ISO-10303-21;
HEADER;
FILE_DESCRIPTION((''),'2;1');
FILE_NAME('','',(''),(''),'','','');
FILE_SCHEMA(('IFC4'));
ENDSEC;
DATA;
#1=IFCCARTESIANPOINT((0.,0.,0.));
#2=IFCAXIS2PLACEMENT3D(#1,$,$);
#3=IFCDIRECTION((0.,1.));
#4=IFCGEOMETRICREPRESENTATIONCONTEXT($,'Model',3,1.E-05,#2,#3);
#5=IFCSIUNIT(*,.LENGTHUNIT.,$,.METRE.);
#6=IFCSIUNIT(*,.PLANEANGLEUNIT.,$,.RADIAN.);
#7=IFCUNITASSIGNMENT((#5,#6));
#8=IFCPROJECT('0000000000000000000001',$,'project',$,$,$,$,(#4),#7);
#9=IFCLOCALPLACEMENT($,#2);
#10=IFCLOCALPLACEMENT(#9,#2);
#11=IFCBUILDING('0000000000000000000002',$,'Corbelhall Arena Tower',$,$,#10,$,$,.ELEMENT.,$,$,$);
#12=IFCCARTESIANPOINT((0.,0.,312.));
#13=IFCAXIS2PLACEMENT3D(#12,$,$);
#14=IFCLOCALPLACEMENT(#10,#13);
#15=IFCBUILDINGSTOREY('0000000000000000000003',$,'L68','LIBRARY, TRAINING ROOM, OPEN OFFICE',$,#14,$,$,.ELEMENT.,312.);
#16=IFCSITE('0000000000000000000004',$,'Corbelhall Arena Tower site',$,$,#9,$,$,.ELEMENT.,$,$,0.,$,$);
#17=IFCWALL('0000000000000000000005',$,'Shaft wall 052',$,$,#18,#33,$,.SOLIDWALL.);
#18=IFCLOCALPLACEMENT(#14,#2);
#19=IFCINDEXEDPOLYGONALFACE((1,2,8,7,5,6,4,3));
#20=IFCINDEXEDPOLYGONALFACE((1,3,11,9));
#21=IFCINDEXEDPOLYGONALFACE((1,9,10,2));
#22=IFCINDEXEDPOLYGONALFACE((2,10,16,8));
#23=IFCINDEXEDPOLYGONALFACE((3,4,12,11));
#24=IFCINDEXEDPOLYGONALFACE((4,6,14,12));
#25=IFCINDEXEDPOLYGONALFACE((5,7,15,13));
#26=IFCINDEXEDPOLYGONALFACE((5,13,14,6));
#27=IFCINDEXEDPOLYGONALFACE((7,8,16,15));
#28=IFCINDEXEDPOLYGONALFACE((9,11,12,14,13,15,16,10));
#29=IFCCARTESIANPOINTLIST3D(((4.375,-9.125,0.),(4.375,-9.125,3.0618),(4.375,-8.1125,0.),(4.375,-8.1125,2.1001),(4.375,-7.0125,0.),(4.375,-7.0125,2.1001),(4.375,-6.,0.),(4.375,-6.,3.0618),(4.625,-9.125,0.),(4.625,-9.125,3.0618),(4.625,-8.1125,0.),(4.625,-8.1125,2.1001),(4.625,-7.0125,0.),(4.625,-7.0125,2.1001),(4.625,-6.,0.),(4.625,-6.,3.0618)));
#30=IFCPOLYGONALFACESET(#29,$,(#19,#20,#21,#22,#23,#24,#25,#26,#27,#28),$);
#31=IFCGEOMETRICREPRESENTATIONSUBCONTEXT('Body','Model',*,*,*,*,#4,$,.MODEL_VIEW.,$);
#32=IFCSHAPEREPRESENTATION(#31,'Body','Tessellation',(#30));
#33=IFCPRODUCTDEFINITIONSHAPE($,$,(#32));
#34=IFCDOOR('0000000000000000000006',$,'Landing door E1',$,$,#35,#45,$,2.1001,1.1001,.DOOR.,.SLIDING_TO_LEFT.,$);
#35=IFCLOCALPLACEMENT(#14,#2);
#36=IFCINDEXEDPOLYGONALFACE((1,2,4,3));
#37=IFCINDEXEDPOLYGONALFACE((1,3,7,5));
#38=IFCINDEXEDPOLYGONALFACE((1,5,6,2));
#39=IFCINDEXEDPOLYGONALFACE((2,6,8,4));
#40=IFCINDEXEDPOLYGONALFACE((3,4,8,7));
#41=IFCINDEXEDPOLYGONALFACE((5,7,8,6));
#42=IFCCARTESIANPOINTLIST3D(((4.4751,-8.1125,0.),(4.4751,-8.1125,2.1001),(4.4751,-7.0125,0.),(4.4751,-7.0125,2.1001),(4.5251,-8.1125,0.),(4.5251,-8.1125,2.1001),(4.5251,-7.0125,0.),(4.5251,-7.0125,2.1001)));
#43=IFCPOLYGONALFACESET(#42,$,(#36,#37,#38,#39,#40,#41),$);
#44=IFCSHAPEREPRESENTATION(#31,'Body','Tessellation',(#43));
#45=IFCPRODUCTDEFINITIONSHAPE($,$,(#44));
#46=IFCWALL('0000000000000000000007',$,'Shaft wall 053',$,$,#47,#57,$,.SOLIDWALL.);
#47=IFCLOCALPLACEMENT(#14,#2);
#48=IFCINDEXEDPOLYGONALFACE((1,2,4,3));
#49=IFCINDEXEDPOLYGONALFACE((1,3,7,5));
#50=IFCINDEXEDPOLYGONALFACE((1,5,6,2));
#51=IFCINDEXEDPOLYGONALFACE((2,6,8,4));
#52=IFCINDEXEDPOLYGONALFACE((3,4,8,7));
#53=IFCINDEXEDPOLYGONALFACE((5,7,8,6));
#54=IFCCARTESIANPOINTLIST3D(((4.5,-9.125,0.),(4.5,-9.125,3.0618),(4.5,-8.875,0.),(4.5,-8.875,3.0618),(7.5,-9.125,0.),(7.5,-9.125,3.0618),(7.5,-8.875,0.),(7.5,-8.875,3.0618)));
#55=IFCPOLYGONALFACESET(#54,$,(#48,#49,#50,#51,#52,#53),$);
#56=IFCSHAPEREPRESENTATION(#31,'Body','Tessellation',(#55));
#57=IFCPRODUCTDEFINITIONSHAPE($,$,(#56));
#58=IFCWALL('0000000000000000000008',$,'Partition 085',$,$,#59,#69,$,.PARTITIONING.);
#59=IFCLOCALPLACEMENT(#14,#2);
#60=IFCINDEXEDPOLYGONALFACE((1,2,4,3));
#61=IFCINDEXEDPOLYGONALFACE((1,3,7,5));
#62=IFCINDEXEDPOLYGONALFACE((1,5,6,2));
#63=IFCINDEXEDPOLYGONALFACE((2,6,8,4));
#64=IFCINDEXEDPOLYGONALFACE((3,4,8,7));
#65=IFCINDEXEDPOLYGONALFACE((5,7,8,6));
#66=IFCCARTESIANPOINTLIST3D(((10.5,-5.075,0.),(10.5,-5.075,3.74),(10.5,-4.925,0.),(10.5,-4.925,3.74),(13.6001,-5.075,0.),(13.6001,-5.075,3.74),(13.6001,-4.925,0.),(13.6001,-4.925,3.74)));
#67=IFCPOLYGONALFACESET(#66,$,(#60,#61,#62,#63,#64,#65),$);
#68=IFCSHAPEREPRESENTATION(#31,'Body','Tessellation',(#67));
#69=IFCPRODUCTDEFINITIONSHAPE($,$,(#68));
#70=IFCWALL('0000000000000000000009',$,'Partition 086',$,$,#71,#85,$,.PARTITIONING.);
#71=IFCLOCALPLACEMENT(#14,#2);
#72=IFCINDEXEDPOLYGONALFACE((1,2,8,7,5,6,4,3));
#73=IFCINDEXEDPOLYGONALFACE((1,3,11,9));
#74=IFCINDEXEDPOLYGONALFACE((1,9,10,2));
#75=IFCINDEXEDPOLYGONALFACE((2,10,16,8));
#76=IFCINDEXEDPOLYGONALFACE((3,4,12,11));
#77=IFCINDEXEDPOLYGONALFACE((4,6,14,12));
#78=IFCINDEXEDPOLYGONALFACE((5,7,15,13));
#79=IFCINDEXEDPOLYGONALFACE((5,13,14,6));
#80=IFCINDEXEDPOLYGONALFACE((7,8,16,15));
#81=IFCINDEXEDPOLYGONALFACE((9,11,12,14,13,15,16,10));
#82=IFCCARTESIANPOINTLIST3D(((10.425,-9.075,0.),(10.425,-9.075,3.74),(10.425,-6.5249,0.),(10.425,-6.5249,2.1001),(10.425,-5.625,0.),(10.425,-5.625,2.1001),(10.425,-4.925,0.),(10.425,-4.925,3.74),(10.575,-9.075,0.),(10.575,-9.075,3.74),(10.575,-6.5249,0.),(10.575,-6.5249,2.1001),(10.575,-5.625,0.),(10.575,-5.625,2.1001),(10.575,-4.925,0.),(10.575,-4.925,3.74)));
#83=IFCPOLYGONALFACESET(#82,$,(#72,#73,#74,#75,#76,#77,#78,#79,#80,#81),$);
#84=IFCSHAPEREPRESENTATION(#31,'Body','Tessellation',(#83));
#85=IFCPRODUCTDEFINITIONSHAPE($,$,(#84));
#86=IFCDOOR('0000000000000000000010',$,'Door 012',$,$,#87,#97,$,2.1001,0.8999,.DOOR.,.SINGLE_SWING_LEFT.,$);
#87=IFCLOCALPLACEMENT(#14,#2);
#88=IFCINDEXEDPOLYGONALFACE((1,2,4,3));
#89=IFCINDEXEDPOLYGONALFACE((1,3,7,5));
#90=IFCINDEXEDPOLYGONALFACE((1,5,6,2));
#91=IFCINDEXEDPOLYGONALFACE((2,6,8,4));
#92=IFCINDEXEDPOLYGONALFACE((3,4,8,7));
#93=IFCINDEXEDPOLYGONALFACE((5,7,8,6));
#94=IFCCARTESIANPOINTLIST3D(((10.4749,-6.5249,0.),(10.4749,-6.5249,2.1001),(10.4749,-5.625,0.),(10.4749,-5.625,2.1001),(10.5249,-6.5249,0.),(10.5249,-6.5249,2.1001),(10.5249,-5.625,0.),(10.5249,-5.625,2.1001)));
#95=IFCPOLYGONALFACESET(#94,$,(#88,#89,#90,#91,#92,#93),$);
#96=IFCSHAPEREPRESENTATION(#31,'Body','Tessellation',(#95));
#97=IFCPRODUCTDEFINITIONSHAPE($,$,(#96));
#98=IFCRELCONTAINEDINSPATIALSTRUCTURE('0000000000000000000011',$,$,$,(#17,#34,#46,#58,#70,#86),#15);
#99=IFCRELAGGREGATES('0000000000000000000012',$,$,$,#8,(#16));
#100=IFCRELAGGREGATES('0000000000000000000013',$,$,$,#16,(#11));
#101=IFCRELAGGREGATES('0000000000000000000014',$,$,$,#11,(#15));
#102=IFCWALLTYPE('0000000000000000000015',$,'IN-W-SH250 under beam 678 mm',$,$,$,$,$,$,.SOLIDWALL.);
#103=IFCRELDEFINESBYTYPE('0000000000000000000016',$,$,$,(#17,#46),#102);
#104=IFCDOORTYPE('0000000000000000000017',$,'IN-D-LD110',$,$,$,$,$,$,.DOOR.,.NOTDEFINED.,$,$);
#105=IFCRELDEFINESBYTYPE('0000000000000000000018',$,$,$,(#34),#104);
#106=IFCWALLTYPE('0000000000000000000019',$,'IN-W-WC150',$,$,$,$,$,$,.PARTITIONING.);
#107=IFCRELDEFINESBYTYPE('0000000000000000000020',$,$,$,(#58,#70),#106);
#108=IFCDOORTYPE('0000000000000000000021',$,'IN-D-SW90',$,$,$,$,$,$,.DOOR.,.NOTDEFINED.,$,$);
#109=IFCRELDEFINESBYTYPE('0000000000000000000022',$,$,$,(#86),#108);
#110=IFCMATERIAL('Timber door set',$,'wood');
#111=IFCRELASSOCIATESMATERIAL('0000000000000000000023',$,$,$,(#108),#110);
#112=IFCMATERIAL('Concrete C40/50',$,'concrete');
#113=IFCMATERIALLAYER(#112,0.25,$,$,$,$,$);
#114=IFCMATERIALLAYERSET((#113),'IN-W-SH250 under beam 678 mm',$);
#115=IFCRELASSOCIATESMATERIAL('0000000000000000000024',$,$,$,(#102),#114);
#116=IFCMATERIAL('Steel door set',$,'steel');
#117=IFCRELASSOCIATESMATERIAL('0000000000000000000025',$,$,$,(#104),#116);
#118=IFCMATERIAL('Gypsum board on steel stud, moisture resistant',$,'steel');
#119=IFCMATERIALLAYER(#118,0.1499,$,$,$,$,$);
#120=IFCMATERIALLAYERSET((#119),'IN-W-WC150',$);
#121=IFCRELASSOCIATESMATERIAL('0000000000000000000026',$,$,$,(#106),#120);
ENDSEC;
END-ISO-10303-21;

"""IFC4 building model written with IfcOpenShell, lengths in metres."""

from ifc_helpers import new_model, si_unit, direction, frame, frame_2d, origin, place, context, subcontext, project, spatial, rectangle, extrude, material, layer, layer_set, type_object, element, fill, save


model = new_model("IFC4")

# Units and contexts
model_context = context("Model", 3, precision=1e-05, world=origin(), true_north=direction((0.0, 1.0)))
body_context = subcontext(model_context, "Body", "Model", "MODEL_VIEW")
ifc_project = project(units=[si_unit("LENGTHUNIT", "METRE"), si_unit("PLANEANGLEUNIT", "RADIAN")], contexts=[model_context])

# Site, building, storey
site_placement = place(None, origin())
site = spatial("IfcSite", under=ifc_project, at=site_placement, Name="Corbelhall Arena Tower site", CompositionType="ELEMENT", RefElevation=0.0)
building_placement = place(site_placement, origin())
building = spatial("IfcBuilding", under=site, at=building_placement, Name="Corbelhall Arena Tower", CompositionType="ELEMENT")
storey_placement = place(building_placement, frame((0.0, 0.0, 312.0)))
storey = spatial("IfcBuildingStorey", under=building, at=storey_placement, Name="L68", Description="LIBRARY, TRAINING ROOM, OPEN OFFICE", CompositionType="ELEMENT", Elevation=312.0)

# Shared definitions
ifc_material_1 = material(Name="Concrete C40/50", Category="concrete")

# Shared definitions
ifc_material_2 = material(Name="Timber door set", Category="wood")
door_type_1 = type_object("IfcDoorType", Name="IN-D-SW90", OperationType="NOTDEFINED", PredefinedType="DOOR", material=ifc_material_2)

# Shared definitions
ifc_material_3 = material(Name="Steel door set", Category="steel")

# Wall, opening, door
ifc_layer_1 = layer(ifc_material_1, 0.25)
ifc_layer_set_1 = layer_set([ifc_layer_1], Name="IN-W-SH250 under beam 678 mm")
wall_type_1 = type_object("IfcWallType", Name="IN-W-SH250 under beam 678 mm", PredefinedType="SOLIDWALL", material=ifc_layer_set_1)
wall_1_placement = place(storey_placement, frame((4.5, -9.125, 0.0), z_axis=(0.0, 0.0, 1.0), x_axis=(0.0, 1.0, 0.0)))
wall_1 = element("IfcWall", 1, at=wall_1_placement, inside=storey, type_object=wall_type_1, Name="Shaft wall 052", PredefinedType="SOLIDWALL", context=body_context, shape_type="SweptSolid", body=[
    extrude(rectangle(XDim=3.125, YDim=0.25, at=frame_2d((1.5625, 0.0))), origin(), (0.0, 0.0, 1.0), 3.0618),
])
opening_1_placement = place(wall_1_placement, frame((1.0125, 0.0, 0.0)))
opening_1 = element("IfcOpeningElement", 2, at=opening_1_placement, cuts=wall_1, PredefinedType="OPENING", context=body_context, shape_type="SweptSolid", body=[
    extrude(rectangle(XDim=1.1001, YDim=2.1001, at=frame_2d((0.55, 1.05))), frame((0.0, 0.125, 0.0), z_axis=(0.0, -1.0, 0.0), x_axis=(1.0, 0.0, 0.0)), (0.0, 0.0, 1.0), 0.25),
])
door_type_2 = type_object("IfcDoorType", Name="IN-D-LD110", OperationType="NOTDEFINED", PredefinedType="DOOR", material=ifc_material_3)
door_1_placement = place(opening_1_placement, origin())
door_1 = element("IfcDoor", 3, at=door_1_placement, inside=storey, type_object=door_type_2, Name="Landing door E1", OperationType="SLIDING_TO_LEFT", OverallHeight=2.1001, OverallWidth=1.1001, PredefinedType="DOOR", context=body_context, shape_type="SweptSolid", body=[
    extrude(rectangle(XDim=1.1001, YDim=2.1001, at=frame_2d((0.55, 1.05))), frame((0.0, 0.0249, 0.0), z_axis=(0.0, -1.0, 0.0), x_axis=(1.0, 0.0, 0.0)), (0.0, 0.0, 1.0), 0.05),
])
fill(opening_1, door_1)

# Walls
wall_2_placement = place(storey_placement, frame((7.5, -9.0, 0.0), z_axis=(0.0, 0.0, 1.0), x_axis=(-1.0, 0.0, 0.0)))
element("IfcWall", 4, at=wall_2_placement, inside=storey, type_object=wall_type_1, Name="Shaft wall 053", PredefinedType="SOLIDWALL", context=body_context, shape_type="SweptSolid", body=[
    extrude(rectangle(XDim=3.0, YDim=0.25, at=frame_2d((1.5, 0.0))), origin(), (0.0, 0.0, 1.0), 3.0618),
])
ifc_material_4 = material(Name="Gypsum board on steel stud, moisture resistant", Category="steel")
ifc_layer_2 = layer(ifc_material_4, 0.1499)
ifc_layer_set_2 = layer_set([ifc_layer_2], Name="IN-W-WC150")
wall_type_2 = type_object("IfcWallType", Name="IN-W-WC150", PredefinedType="PARTITIONING", material=ifc_layer_set_2)
wall_3_placement = place(storey_placement, frame((10.5, -5.0, 0.0), z_axis=(0.0, 0.0, 1.0), x_axis=(1.0, 0.0, 0.0)))
element("IfcWall", 5, at=wall_3_placement, inside=storey, type_object=wall_type_2, Name="Partition 085", PredefinedType="PARTITIONING", context=body_context, shape_type="SweptSolid", body=[
    extrude(rectangle(XDim=3.1001, YDim=0.1499, at=frame_2d((1.55, 0.0))), origin(), (0.0, 0.0, 1.0), 3.74),
])

# Wall, opening, door
wall_4_placement = place(storey_placement, frame((10.5, -4.925, 0.0), z_axis=(0.0, 0.0, 1.0), x_axis=(0.0, -1.0, 0.0)))
wall_4 = element("IfcWall", 6, at=wall_4_placement, inside=storey, type_object=wall_type_2, Name="Partition 086", PredefinedType="PARTITIONING", context=body_context, shape_type="SweptSolid", body=[
    extrude(rectangle(XDim=4.1499, YDim=0.1499, at=frame_2d((2.075, 0.0))), origin(), (0.0, 0.0, 1.0), 3.74),
])
opening_2_placement = place(wall_4_placement, frame((0.7, 0.0, 0.0)))
opening_2 = element("IfcOpeningElement", 7, at=opening_2_placement, cuts=wall_4, PredefinedType="OPENING", context=body_context, shape_type="SweptSolid", body=[
    extrude(rectangle(XDim=0.8999, YDim=2.1001, at=frame_2d((0.45, 1.05))), frame((0.0, 0.075, 0.0), z_axis=(0.0, -1.0, 0.0), x_axis=(1.0, 0.0, 0.0)), (0.0, 0.0, 1.0), 0.1499),
])
door_2_placement = place(opening_2_placement, origin())
door_2 = element("IfcDoor", 8, at=door_2_placement, inside=storey, type_object=door_type_1, Name="Door 012", OperationType="SINGLE_SWING_LEFT", OverallHeight=2.1001, OverallWidth=0.8999, PredefinedType="DOOR", context=body_context, shape_type="SweptSolid", body=[
    extrude(rectangle(XDim=0.8999, YDim=2.1001, at=frame_2d((0.45, 1.05))), frame((0.0, 0.0249, 0.0), z_axis=(0.0, -1.0, 0.0), x_axis=(1.0, 0.0, 0.0)), (0.0, 0.0, 1.0), 0.05),
])
fill(opening_2, door_2)

save(model, "model.ifc")
